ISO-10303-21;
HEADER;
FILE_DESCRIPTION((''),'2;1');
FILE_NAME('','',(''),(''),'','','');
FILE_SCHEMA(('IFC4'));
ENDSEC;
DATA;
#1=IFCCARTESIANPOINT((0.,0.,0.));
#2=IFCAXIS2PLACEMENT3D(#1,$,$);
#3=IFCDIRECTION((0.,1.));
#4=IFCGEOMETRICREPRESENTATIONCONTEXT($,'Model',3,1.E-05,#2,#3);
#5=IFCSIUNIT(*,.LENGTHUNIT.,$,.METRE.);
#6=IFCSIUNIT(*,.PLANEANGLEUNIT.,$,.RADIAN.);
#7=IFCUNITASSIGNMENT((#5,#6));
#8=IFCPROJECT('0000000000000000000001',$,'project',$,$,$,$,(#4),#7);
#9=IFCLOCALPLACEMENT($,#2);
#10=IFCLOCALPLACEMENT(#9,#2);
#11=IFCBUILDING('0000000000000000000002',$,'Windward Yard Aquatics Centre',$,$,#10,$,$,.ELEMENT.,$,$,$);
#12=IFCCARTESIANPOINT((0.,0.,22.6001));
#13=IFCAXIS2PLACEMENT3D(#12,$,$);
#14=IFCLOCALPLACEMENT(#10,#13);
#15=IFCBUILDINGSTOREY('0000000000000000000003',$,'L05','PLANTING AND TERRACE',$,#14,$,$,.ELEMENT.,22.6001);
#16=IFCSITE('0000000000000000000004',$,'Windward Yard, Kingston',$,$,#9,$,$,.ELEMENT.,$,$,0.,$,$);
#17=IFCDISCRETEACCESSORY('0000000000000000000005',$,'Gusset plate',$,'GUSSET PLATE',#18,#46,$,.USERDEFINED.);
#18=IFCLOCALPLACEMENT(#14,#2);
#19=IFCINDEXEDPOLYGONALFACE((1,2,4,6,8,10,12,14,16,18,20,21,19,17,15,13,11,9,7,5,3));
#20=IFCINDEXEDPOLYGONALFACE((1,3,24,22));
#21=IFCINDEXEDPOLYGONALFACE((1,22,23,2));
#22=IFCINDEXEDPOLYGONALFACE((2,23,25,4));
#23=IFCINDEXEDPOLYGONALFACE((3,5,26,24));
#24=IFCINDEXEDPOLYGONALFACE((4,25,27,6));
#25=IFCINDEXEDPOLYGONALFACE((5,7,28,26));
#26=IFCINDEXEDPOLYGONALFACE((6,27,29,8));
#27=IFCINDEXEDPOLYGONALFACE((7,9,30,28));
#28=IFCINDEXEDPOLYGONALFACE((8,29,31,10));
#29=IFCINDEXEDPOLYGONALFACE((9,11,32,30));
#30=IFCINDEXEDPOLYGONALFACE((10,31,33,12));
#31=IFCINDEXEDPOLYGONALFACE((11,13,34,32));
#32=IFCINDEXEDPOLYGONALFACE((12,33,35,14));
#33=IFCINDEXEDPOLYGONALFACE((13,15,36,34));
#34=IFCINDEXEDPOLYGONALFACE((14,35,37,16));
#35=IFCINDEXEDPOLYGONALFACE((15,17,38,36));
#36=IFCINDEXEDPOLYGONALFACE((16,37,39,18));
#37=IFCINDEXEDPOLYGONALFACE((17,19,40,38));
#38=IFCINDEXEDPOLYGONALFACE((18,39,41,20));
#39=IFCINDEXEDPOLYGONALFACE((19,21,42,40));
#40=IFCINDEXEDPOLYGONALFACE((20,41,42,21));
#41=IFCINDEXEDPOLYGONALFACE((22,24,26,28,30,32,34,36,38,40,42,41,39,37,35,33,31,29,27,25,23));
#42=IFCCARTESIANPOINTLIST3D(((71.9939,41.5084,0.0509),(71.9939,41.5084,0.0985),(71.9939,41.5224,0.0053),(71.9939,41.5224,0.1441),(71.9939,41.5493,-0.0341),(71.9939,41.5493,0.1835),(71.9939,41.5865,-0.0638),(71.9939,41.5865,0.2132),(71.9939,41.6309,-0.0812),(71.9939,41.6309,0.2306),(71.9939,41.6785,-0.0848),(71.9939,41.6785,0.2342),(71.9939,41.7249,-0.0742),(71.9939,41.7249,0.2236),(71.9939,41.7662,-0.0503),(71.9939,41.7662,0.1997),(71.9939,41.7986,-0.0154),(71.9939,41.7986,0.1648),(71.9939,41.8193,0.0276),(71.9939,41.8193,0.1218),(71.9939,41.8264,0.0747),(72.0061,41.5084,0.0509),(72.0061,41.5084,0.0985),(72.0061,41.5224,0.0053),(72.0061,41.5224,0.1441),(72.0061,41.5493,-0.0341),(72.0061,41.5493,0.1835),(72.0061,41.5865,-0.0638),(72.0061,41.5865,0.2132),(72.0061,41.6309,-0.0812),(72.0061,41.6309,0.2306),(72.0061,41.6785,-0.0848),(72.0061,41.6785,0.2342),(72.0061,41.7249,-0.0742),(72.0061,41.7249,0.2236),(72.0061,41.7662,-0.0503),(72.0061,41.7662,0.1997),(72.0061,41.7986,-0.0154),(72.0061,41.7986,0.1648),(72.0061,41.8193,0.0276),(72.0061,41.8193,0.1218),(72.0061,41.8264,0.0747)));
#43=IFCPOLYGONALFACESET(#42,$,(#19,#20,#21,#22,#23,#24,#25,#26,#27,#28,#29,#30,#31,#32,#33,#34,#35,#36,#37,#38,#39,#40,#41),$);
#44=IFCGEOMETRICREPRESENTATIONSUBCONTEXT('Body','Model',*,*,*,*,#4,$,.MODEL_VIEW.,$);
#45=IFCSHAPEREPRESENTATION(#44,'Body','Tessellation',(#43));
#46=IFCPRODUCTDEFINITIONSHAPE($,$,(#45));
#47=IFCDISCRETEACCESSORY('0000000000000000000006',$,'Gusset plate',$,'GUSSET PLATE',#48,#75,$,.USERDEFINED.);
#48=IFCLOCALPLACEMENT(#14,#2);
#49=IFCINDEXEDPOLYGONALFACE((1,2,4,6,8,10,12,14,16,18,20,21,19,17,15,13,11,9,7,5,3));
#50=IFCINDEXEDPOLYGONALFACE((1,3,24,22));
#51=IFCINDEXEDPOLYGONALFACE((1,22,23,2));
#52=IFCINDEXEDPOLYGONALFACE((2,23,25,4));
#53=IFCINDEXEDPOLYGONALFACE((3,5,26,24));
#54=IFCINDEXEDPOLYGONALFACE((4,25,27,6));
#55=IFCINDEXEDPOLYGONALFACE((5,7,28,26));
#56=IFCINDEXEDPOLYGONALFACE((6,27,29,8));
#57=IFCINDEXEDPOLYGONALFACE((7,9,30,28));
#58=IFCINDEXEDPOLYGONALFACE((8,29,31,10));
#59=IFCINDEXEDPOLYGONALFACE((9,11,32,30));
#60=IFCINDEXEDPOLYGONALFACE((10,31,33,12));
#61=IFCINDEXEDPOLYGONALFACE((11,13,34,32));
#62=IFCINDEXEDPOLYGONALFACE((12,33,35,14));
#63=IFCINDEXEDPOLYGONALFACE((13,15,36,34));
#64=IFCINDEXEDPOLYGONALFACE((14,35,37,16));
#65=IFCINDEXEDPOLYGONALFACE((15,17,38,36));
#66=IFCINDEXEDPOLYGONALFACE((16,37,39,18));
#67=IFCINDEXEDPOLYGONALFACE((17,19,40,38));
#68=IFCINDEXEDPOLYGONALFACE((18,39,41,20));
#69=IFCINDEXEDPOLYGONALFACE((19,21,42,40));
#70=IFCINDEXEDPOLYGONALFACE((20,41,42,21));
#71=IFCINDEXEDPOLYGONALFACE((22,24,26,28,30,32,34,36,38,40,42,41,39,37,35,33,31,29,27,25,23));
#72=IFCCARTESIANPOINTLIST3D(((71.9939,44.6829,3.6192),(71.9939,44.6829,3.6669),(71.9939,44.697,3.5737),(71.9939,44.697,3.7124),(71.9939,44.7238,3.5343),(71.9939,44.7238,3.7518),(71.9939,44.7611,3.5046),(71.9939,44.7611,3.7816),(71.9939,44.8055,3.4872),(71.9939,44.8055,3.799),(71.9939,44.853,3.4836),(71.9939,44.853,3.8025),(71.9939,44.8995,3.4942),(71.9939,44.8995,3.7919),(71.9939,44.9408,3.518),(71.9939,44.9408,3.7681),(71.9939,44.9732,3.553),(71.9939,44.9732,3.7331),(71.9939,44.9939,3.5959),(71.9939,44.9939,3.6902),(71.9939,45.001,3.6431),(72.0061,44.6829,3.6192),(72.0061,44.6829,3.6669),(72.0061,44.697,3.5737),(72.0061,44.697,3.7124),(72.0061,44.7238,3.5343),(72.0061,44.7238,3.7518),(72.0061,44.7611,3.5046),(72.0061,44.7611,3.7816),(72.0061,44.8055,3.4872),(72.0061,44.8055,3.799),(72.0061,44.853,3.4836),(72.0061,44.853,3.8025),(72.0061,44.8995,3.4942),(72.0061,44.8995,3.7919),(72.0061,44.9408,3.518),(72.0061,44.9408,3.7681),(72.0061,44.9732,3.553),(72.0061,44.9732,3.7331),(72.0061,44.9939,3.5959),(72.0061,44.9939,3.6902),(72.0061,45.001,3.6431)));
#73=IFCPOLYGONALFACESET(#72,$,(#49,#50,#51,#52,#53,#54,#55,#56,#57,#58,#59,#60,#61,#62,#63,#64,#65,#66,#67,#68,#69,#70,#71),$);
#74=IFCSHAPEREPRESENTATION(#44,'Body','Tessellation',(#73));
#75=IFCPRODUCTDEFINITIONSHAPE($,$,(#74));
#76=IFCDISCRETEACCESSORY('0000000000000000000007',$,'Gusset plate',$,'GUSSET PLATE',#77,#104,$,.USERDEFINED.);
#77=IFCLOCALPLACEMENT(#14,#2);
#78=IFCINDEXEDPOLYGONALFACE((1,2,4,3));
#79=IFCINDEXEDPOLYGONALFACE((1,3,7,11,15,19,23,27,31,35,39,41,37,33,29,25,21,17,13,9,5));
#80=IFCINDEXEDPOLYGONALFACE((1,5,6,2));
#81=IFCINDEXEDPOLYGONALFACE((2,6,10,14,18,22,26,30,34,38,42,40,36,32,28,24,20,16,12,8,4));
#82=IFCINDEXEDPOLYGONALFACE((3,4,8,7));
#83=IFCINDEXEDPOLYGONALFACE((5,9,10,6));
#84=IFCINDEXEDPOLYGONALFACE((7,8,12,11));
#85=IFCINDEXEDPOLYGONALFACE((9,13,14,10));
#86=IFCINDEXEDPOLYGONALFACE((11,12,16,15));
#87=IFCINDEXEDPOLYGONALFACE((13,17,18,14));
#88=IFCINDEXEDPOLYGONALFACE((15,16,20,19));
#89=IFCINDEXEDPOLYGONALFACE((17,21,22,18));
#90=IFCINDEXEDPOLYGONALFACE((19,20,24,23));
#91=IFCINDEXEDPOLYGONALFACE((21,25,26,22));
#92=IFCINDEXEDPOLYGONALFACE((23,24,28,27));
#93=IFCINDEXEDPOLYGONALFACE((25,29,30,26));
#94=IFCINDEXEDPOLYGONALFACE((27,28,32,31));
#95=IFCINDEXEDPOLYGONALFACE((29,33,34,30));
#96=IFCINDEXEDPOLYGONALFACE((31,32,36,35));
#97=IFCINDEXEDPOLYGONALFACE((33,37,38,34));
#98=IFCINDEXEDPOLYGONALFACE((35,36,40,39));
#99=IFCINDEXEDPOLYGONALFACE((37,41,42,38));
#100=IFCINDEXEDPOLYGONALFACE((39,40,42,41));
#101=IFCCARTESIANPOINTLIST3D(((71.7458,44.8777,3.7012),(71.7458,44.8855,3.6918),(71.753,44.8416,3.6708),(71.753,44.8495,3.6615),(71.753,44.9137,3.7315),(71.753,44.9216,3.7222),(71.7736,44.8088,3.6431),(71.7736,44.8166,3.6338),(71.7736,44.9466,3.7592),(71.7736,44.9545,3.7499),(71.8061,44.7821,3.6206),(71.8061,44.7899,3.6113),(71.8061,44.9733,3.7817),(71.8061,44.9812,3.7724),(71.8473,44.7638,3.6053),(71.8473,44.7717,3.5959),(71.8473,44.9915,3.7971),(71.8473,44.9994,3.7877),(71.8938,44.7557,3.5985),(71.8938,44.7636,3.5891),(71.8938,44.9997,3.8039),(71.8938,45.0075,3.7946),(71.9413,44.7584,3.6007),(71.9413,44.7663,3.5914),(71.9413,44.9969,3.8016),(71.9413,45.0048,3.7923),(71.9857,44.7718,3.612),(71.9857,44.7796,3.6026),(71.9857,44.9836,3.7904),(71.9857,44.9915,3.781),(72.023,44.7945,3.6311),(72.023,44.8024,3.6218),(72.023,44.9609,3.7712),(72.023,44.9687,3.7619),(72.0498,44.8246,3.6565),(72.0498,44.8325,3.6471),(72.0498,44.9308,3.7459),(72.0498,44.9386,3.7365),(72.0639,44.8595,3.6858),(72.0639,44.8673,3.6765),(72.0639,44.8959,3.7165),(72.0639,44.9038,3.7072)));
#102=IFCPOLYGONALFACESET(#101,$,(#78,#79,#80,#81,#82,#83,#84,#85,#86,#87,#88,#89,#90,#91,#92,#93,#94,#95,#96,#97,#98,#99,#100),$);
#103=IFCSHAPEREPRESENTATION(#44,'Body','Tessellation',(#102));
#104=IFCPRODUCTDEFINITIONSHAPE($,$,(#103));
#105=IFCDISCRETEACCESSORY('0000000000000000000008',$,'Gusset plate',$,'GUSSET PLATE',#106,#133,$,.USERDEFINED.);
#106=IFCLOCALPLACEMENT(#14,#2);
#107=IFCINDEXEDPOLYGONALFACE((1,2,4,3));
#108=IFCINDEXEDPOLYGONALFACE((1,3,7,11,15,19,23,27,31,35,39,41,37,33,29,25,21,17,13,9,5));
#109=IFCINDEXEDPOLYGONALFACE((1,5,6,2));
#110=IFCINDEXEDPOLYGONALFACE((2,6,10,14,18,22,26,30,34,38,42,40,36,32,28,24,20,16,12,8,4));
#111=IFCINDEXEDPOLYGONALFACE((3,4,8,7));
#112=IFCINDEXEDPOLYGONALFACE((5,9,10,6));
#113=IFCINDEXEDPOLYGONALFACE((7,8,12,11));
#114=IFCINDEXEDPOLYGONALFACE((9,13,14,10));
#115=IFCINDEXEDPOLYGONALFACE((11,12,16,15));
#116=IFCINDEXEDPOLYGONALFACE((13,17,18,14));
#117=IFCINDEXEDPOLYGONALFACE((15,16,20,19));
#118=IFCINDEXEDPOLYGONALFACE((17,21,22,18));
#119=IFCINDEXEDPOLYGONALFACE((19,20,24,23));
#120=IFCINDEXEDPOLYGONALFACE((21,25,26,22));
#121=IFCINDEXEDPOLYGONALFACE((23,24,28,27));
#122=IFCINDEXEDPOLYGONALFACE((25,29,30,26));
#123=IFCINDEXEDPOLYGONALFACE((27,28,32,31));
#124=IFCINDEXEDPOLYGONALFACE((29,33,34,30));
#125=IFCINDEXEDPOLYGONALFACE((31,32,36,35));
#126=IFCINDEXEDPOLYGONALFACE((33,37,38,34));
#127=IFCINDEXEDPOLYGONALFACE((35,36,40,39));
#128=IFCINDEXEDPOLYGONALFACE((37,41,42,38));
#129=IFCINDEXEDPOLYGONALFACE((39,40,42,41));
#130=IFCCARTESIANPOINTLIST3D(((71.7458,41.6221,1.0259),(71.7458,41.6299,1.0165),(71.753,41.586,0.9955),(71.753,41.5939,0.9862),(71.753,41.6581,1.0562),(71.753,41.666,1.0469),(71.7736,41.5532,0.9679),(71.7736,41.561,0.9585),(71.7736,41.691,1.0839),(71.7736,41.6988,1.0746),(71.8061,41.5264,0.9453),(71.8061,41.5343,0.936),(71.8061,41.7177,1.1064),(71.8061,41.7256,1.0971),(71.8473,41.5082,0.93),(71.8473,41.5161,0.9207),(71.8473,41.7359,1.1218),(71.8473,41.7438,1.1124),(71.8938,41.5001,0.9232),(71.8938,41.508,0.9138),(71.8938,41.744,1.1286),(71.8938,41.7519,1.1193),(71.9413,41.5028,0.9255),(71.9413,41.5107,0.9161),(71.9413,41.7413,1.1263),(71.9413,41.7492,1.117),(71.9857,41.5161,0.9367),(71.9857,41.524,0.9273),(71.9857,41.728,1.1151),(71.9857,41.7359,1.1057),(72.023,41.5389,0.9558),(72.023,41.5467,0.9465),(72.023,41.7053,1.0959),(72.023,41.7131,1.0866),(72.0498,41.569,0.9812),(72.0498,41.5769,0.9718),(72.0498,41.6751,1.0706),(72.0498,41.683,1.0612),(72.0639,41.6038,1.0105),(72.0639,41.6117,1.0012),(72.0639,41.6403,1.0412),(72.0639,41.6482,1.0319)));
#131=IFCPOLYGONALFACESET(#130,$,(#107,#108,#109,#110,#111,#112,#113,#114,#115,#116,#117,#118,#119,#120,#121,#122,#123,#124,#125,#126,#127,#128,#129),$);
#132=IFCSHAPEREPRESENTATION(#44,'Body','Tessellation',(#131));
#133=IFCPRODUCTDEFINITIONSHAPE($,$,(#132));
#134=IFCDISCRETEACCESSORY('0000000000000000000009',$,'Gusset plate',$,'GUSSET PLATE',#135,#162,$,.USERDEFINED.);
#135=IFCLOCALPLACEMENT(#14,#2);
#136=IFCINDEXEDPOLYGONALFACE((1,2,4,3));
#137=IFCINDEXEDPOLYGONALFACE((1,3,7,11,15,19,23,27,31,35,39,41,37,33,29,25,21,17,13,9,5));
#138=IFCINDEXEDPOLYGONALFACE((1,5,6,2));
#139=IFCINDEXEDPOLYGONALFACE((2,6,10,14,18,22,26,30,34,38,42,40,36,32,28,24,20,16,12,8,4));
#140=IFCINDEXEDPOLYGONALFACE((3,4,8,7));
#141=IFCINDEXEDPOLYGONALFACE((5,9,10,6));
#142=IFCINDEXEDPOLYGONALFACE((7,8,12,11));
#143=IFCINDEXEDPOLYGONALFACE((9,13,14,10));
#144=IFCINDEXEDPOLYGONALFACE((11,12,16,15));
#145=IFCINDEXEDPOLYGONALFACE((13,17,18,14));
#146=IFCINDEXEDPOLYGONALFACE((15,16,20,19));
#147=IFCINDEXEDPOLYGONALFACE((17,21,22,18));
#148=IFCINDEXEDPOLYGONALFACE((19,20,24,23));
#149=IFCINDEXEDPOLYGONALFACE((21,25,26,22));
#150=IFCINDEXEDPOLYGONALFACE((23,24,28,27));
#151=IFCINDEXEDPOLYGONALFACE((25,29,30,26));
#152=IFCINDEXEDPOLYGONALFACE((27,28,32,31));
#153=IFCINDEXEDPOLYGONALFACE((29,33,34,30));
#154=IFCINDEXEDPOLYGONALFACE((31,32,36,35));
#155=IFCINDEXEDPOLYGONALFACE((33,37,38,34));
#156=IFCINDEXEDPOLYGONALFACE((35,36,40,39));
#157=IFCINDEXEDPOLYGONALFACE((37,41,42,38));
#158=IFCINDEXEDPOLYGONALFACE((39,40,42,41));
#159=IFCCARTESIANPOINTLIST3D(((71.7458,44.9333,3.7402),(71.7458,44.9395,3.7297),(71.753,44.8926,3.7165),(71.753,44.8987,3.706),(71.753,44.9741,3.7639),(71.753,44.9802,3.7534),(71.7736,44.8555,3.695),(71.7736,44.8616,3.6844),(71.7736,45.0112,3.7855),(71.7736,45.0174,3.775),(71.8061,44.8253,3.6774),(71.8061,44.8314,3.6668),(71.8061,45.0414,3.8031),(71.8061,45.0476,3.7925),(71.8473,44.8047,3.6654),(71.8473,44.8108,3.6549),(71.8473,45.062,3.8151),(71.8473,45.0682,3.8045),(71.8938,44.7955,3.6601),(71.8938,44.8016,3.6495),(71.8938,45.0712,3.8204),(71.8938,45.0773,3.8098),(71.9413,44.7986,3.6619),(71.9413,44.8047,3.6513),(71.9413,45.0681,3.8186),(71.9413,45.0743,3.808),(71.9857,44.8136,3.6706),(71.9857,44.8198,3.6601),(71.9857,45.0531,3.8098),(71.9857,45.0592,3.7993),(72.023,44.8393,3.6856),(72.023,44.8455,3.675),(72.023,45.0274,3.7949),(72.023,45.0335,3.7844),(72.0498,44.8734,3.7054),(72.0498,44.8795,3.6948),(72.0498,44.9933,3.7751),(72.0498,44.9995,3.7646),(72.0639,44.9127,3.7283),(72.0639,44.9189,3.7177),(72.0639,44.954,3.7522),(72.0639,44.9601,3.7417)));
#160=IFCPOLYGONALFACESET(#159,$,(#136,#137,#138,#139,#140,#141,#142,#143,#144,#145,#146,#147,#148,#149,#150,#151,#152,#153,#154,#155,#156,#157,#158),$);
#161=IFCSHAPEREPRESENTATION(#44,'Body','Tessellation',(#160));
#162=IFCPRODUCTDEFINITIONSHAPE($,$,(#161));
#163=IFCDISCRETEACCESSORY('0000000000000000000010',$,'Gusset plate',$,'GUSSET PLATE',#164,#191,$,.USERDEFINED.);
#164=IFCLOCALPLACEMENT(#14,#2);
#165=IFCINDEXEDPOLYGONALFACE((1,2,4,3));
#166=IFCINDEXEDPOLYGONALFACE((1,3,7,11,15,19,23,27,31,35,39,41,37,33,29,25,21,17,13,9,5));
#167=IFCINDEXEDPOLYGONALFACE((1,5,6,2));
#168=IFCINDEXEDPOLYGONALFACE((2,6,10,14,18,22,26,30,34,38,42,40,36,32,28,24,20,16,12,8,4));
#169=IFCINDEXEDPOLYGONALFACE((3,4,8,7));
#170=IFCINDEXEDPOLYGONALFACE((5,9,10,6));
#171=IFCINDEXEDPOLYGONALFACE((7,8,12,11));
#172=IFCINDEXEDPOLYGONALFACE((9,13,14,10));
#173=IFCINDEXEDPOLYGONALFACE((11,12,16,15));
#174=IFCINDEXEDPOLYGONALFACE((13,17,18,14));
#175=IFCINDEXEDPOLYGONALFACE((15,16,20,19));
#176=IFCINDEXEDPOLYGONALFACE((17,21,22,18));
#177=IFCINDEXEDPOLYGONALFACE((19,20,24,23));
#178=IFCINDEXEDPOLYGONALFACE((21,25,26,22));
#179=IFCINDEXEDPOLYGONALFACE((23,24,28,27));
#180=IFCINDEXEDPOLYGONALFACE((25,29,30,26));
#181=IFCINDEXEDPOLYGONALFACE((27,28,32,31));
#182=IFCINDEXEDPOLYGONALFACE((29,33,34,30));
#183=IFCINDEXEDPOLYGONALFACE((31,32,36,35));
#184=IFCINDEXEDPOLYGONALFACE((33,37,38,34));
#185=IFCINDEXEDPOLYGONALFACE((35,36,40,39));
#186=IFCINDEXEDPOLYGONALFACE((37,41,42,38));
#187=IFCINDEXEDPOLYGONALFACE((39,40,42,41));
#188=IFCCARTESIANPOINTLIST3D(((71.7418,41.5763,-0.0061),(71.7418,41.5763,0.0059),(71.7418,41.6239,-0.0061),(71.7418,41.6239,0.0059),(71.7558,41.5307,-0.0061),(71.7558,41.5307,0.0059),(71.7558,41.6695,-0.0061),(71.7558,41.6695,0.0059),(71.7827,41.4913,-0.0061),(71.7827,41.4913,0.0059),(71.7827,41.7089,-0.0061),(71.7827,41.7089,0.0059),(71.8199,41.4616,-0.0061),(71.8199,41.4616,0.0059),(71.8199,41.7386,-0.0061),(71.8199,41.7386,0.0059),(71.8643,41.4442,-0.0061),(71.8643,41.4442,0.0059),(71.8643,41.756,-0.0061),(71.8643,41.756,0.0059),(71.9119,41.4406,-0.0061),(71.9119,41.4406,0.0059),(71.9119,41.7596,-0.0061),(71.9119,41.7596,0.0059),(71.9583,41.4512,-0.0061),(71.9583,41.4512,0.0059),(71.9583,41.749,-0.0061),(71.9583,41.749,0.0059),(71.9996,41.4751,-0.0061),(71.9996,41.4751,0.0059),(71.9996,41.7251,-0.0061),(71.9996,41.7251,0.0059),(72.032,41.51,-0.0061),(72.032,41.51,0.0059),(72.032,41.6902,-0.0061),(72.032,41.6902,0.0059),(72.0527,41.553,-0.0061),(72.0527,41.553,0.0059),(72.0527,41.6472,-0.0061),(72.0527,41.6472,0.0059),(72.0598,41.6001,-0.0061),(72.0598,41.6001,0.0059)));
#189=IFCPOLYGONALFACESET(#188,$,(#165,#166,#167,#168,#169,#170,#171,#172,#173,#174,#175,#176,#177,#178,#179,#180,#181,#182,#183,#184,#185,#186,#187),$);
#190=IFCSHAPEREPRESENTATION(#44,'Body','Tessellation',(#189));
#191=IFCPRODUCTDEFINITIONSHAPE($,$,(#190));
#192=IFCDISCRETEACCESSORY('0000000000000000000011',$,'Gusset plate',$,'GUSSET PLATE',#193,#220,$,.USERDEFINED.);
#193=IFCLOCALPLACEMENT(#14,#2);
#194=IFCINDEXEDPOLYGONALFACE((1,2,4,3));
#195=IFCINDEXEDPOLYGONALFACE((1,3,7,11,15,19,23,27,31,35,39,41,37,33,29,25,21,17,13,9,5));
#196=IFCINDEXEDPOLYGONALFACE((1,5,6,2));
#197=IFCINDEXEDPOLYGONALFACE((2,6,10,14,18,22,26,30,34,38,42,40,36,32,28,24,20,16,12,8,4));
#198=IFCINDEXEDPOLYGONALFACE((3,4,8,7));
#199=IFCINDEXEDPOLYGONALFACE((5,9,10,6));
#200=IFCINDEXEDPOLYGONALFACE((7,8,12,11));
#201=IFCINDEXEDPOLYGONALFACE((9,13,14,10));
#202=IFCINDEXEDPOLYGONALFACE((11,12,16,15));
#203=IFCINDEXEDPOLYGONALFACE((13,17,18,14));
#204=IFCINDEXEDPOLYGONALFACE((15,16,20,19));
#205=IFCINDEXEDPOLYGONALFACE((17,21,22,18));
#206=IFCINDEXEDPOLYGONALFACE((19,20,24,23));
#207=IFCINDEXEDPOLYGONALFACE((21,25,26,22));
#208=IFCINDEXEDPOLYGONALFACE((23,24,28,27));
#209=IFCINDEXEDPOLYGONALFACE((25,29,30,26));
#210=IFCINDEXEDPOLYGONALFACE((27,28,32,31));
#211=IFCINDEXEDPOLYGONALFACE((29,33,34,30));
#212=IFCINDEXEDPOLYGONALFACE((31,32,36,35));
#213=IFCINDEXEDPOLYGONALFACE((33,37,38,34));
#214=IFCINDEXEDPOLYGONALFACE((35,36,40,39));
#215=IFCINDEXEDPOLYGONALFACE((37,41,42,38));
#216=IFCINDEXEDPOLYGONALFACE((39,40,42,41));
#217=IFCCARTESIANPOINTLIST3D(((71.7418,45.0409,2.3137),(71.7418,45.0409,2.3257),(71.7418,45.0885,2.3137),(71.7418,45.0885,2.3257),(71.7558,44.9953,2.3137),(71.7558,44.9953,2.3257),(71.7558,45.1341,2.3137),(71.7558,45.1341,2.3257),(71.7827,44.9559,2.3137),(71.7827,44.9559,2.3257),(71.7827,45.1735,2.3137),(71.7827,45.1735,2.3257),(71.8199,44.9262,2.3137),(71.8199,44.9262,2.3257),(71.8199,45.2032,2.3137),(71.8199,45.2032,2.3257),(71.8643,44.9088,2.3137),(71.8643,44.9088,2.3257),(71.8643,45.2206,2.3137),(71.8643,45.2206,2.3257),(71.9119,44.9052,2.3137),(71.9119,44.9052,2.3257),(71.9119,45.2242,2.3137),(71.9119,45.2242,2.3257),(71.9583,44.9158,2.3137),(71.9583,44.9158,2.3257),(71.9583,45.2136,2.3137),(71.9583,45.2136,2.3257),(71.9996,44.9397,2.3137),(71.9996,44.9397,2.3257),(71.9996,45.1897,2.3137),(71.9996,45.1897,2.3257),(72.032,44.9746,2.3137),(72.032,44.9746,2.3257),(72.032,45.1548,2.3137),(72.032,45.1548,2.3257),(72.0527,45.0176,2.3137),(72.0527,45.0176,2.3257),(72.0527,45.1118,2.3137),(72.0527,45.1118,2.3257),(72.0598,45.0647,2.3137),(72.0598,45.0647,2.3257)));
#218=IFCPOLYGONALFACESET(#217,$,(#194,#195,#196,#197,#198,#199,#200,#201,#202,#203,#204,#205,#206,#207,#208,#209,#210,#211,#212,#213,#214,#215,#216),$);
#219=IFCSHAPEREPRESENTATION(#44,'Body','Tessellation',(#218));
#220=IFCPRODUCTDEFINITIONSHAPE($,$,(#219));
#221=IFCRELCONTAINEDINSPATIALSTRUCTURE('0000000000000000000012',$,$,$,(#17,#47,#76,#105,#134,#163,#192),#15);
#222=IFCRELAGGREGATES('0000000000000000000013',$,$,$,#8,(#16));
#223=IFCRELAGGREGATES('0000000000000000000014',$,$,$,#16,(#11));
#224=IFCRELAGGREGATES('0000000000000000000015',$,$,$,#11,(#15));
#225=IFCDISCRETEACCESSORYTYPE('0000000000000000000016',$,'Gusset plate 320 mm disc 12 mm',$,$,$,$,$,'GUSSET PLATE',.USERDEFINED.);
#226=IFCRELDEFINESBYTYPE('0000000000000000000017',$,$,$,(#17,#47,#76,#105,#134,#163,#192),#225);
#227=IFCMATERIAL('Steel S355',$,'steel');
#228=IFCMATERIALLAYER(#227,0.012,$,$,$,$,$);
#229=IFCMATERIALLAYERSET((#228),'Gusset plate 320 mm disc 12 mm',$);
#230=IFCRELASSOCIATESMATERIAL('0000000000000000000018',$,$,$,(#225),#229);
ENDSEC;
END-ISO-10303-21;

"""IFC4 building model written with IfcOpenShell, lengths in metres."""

from ifc_helpers import new_model, si_unit, direction, frame, origin, origin_2d, place, context, subcontext, project, spatial, circle, extrude, material, layer, layer_set, type_object, element, save


model = new_model("IFC4")

# Units and contexts
model_context = context("Model", 3, precision=1e-05, world=origin(), true_north=direction((0.0, 1.0)))
body_context = subcontext(model_context, "Body", "Model", "MODEL_VIEW")
ifc_project = project(units=[si_unit("LENGTHUNIT", "METRE"), si_unit("PLANEANGLEUNIT", "RADIAN")], contexts=[model_context])

# Site, building, storey
site_placement = place(None, origin())
site = spatial("IfcSite", under=ifc_project, at=site_placement, Name="Windward Yard, Kingston", CompositionType="ELEMENT", RefElevation=0.0)
building_placement = place(site_placement, origin())
building = spatial("IfcBuilding", under=site, at=building_placement, Name="Windward Yard Aquatics Centre", CompositionType="ELEMENT")
storey_placement = place(building_placement, frame((0.0, 0.0, 22.6001)))
storey = spatial("IfcBuildingStorey", under=building, at=storey_placement, Name="L05", Description="PLANTING AND TERRACE", CompositionType="ELEMENT", Elevation=22.6001)

# Discrete accessories
ifc_material_1 = material(Name="Steel S355", Category="steel")
ifc_layer_1 = layer(ifc_material_1, 0.012)
ifc_layer_set_1 = layer_set([ifc_layer_1], Name="Gusset plate 320 mm disc 12 mm")
discrete_accessory_type = type_object("IfcDiscreteAccessoryType", Name="Gusset plate 320 mm disc 12 mm", ElementType="GUSSET PLATE", PredefinedType="USERDEFINED", material=ifc_layer_set_1)
for number, where, z_axis, x_axis, name in (
    (1, (71.9939, 41.6665, 0.0747), (1.0, 0.0, 0.0), (0.0, 1.0, 0.0), "Gusset plate"),
    (2, (71.9939, 44.8411, 3.6431), (1.0, 0.0, 0.0), (0.0, 1.0, 0.0), "Gusset plate"),
    (3, (71.9058, 44.8777, 3.7012), (0.0, 0.644136, -0.764911), (-1.0, 0.0, 0.0), "Gusset plate"),
    (4, (71.9058, 41.6221, 1.0259), (0.0, 0.644136, -0.764911), (-1.0, 0.0, 0.0), "Gusset plate"),
    (5, (71.9058, 44.9333, 3.7402), (0.0, 0.50262, -0.864507), (-1.0, 0.0, 0.0), "Gusset plate"),
):
    element("IfcDiscreteAccessory", number, at=place(storey_placement, frame(where, z_axis=z_axis, x_axis=x_axis)), inside=storey, type_object=discrete_accessory_type, Name=name, ObjectType="GUSSET PLATE", PredefinedType="USERDEFINED", context=body_context, shape_type="SweptSolid", body=[
        extrude(circle(Radius=0.1599, at=origin_2d()), origin(), (0.0, 0.0, 1.0), 0.0122),
    ])
for number, where, z_axis, x_axis, name in (
    (6, (71.8999, 41.6001, -0.0061), (0.0, 0.0, 1.0), (1.0, 0.0, 0.0), "Gusset plate"),
    (7, (71.8999, 45.0647, 2.3137), (0.0, 0.0, 1.0), (1.0, 0.0, 0.0), "Gusset plate"),
):
    element("IfcDiscreteAccessory", number, at=place(storey_placement, frame(where, z_axis=z_axis, x_axis=x_axis)), inside=storey, type_object=discrete_accessory_type, Name=name, ObjectType="GUSSET PLATE", PredefinedType="USERDEFINED", context=body_context, shape_type="SweptSolid", body=[
        extrude(circle(Radius=0.1599, at=origin_2d()), origin(), (0.0, 0.0, 1.0), 0.012),
    ])

save(model, "model.ifc")
